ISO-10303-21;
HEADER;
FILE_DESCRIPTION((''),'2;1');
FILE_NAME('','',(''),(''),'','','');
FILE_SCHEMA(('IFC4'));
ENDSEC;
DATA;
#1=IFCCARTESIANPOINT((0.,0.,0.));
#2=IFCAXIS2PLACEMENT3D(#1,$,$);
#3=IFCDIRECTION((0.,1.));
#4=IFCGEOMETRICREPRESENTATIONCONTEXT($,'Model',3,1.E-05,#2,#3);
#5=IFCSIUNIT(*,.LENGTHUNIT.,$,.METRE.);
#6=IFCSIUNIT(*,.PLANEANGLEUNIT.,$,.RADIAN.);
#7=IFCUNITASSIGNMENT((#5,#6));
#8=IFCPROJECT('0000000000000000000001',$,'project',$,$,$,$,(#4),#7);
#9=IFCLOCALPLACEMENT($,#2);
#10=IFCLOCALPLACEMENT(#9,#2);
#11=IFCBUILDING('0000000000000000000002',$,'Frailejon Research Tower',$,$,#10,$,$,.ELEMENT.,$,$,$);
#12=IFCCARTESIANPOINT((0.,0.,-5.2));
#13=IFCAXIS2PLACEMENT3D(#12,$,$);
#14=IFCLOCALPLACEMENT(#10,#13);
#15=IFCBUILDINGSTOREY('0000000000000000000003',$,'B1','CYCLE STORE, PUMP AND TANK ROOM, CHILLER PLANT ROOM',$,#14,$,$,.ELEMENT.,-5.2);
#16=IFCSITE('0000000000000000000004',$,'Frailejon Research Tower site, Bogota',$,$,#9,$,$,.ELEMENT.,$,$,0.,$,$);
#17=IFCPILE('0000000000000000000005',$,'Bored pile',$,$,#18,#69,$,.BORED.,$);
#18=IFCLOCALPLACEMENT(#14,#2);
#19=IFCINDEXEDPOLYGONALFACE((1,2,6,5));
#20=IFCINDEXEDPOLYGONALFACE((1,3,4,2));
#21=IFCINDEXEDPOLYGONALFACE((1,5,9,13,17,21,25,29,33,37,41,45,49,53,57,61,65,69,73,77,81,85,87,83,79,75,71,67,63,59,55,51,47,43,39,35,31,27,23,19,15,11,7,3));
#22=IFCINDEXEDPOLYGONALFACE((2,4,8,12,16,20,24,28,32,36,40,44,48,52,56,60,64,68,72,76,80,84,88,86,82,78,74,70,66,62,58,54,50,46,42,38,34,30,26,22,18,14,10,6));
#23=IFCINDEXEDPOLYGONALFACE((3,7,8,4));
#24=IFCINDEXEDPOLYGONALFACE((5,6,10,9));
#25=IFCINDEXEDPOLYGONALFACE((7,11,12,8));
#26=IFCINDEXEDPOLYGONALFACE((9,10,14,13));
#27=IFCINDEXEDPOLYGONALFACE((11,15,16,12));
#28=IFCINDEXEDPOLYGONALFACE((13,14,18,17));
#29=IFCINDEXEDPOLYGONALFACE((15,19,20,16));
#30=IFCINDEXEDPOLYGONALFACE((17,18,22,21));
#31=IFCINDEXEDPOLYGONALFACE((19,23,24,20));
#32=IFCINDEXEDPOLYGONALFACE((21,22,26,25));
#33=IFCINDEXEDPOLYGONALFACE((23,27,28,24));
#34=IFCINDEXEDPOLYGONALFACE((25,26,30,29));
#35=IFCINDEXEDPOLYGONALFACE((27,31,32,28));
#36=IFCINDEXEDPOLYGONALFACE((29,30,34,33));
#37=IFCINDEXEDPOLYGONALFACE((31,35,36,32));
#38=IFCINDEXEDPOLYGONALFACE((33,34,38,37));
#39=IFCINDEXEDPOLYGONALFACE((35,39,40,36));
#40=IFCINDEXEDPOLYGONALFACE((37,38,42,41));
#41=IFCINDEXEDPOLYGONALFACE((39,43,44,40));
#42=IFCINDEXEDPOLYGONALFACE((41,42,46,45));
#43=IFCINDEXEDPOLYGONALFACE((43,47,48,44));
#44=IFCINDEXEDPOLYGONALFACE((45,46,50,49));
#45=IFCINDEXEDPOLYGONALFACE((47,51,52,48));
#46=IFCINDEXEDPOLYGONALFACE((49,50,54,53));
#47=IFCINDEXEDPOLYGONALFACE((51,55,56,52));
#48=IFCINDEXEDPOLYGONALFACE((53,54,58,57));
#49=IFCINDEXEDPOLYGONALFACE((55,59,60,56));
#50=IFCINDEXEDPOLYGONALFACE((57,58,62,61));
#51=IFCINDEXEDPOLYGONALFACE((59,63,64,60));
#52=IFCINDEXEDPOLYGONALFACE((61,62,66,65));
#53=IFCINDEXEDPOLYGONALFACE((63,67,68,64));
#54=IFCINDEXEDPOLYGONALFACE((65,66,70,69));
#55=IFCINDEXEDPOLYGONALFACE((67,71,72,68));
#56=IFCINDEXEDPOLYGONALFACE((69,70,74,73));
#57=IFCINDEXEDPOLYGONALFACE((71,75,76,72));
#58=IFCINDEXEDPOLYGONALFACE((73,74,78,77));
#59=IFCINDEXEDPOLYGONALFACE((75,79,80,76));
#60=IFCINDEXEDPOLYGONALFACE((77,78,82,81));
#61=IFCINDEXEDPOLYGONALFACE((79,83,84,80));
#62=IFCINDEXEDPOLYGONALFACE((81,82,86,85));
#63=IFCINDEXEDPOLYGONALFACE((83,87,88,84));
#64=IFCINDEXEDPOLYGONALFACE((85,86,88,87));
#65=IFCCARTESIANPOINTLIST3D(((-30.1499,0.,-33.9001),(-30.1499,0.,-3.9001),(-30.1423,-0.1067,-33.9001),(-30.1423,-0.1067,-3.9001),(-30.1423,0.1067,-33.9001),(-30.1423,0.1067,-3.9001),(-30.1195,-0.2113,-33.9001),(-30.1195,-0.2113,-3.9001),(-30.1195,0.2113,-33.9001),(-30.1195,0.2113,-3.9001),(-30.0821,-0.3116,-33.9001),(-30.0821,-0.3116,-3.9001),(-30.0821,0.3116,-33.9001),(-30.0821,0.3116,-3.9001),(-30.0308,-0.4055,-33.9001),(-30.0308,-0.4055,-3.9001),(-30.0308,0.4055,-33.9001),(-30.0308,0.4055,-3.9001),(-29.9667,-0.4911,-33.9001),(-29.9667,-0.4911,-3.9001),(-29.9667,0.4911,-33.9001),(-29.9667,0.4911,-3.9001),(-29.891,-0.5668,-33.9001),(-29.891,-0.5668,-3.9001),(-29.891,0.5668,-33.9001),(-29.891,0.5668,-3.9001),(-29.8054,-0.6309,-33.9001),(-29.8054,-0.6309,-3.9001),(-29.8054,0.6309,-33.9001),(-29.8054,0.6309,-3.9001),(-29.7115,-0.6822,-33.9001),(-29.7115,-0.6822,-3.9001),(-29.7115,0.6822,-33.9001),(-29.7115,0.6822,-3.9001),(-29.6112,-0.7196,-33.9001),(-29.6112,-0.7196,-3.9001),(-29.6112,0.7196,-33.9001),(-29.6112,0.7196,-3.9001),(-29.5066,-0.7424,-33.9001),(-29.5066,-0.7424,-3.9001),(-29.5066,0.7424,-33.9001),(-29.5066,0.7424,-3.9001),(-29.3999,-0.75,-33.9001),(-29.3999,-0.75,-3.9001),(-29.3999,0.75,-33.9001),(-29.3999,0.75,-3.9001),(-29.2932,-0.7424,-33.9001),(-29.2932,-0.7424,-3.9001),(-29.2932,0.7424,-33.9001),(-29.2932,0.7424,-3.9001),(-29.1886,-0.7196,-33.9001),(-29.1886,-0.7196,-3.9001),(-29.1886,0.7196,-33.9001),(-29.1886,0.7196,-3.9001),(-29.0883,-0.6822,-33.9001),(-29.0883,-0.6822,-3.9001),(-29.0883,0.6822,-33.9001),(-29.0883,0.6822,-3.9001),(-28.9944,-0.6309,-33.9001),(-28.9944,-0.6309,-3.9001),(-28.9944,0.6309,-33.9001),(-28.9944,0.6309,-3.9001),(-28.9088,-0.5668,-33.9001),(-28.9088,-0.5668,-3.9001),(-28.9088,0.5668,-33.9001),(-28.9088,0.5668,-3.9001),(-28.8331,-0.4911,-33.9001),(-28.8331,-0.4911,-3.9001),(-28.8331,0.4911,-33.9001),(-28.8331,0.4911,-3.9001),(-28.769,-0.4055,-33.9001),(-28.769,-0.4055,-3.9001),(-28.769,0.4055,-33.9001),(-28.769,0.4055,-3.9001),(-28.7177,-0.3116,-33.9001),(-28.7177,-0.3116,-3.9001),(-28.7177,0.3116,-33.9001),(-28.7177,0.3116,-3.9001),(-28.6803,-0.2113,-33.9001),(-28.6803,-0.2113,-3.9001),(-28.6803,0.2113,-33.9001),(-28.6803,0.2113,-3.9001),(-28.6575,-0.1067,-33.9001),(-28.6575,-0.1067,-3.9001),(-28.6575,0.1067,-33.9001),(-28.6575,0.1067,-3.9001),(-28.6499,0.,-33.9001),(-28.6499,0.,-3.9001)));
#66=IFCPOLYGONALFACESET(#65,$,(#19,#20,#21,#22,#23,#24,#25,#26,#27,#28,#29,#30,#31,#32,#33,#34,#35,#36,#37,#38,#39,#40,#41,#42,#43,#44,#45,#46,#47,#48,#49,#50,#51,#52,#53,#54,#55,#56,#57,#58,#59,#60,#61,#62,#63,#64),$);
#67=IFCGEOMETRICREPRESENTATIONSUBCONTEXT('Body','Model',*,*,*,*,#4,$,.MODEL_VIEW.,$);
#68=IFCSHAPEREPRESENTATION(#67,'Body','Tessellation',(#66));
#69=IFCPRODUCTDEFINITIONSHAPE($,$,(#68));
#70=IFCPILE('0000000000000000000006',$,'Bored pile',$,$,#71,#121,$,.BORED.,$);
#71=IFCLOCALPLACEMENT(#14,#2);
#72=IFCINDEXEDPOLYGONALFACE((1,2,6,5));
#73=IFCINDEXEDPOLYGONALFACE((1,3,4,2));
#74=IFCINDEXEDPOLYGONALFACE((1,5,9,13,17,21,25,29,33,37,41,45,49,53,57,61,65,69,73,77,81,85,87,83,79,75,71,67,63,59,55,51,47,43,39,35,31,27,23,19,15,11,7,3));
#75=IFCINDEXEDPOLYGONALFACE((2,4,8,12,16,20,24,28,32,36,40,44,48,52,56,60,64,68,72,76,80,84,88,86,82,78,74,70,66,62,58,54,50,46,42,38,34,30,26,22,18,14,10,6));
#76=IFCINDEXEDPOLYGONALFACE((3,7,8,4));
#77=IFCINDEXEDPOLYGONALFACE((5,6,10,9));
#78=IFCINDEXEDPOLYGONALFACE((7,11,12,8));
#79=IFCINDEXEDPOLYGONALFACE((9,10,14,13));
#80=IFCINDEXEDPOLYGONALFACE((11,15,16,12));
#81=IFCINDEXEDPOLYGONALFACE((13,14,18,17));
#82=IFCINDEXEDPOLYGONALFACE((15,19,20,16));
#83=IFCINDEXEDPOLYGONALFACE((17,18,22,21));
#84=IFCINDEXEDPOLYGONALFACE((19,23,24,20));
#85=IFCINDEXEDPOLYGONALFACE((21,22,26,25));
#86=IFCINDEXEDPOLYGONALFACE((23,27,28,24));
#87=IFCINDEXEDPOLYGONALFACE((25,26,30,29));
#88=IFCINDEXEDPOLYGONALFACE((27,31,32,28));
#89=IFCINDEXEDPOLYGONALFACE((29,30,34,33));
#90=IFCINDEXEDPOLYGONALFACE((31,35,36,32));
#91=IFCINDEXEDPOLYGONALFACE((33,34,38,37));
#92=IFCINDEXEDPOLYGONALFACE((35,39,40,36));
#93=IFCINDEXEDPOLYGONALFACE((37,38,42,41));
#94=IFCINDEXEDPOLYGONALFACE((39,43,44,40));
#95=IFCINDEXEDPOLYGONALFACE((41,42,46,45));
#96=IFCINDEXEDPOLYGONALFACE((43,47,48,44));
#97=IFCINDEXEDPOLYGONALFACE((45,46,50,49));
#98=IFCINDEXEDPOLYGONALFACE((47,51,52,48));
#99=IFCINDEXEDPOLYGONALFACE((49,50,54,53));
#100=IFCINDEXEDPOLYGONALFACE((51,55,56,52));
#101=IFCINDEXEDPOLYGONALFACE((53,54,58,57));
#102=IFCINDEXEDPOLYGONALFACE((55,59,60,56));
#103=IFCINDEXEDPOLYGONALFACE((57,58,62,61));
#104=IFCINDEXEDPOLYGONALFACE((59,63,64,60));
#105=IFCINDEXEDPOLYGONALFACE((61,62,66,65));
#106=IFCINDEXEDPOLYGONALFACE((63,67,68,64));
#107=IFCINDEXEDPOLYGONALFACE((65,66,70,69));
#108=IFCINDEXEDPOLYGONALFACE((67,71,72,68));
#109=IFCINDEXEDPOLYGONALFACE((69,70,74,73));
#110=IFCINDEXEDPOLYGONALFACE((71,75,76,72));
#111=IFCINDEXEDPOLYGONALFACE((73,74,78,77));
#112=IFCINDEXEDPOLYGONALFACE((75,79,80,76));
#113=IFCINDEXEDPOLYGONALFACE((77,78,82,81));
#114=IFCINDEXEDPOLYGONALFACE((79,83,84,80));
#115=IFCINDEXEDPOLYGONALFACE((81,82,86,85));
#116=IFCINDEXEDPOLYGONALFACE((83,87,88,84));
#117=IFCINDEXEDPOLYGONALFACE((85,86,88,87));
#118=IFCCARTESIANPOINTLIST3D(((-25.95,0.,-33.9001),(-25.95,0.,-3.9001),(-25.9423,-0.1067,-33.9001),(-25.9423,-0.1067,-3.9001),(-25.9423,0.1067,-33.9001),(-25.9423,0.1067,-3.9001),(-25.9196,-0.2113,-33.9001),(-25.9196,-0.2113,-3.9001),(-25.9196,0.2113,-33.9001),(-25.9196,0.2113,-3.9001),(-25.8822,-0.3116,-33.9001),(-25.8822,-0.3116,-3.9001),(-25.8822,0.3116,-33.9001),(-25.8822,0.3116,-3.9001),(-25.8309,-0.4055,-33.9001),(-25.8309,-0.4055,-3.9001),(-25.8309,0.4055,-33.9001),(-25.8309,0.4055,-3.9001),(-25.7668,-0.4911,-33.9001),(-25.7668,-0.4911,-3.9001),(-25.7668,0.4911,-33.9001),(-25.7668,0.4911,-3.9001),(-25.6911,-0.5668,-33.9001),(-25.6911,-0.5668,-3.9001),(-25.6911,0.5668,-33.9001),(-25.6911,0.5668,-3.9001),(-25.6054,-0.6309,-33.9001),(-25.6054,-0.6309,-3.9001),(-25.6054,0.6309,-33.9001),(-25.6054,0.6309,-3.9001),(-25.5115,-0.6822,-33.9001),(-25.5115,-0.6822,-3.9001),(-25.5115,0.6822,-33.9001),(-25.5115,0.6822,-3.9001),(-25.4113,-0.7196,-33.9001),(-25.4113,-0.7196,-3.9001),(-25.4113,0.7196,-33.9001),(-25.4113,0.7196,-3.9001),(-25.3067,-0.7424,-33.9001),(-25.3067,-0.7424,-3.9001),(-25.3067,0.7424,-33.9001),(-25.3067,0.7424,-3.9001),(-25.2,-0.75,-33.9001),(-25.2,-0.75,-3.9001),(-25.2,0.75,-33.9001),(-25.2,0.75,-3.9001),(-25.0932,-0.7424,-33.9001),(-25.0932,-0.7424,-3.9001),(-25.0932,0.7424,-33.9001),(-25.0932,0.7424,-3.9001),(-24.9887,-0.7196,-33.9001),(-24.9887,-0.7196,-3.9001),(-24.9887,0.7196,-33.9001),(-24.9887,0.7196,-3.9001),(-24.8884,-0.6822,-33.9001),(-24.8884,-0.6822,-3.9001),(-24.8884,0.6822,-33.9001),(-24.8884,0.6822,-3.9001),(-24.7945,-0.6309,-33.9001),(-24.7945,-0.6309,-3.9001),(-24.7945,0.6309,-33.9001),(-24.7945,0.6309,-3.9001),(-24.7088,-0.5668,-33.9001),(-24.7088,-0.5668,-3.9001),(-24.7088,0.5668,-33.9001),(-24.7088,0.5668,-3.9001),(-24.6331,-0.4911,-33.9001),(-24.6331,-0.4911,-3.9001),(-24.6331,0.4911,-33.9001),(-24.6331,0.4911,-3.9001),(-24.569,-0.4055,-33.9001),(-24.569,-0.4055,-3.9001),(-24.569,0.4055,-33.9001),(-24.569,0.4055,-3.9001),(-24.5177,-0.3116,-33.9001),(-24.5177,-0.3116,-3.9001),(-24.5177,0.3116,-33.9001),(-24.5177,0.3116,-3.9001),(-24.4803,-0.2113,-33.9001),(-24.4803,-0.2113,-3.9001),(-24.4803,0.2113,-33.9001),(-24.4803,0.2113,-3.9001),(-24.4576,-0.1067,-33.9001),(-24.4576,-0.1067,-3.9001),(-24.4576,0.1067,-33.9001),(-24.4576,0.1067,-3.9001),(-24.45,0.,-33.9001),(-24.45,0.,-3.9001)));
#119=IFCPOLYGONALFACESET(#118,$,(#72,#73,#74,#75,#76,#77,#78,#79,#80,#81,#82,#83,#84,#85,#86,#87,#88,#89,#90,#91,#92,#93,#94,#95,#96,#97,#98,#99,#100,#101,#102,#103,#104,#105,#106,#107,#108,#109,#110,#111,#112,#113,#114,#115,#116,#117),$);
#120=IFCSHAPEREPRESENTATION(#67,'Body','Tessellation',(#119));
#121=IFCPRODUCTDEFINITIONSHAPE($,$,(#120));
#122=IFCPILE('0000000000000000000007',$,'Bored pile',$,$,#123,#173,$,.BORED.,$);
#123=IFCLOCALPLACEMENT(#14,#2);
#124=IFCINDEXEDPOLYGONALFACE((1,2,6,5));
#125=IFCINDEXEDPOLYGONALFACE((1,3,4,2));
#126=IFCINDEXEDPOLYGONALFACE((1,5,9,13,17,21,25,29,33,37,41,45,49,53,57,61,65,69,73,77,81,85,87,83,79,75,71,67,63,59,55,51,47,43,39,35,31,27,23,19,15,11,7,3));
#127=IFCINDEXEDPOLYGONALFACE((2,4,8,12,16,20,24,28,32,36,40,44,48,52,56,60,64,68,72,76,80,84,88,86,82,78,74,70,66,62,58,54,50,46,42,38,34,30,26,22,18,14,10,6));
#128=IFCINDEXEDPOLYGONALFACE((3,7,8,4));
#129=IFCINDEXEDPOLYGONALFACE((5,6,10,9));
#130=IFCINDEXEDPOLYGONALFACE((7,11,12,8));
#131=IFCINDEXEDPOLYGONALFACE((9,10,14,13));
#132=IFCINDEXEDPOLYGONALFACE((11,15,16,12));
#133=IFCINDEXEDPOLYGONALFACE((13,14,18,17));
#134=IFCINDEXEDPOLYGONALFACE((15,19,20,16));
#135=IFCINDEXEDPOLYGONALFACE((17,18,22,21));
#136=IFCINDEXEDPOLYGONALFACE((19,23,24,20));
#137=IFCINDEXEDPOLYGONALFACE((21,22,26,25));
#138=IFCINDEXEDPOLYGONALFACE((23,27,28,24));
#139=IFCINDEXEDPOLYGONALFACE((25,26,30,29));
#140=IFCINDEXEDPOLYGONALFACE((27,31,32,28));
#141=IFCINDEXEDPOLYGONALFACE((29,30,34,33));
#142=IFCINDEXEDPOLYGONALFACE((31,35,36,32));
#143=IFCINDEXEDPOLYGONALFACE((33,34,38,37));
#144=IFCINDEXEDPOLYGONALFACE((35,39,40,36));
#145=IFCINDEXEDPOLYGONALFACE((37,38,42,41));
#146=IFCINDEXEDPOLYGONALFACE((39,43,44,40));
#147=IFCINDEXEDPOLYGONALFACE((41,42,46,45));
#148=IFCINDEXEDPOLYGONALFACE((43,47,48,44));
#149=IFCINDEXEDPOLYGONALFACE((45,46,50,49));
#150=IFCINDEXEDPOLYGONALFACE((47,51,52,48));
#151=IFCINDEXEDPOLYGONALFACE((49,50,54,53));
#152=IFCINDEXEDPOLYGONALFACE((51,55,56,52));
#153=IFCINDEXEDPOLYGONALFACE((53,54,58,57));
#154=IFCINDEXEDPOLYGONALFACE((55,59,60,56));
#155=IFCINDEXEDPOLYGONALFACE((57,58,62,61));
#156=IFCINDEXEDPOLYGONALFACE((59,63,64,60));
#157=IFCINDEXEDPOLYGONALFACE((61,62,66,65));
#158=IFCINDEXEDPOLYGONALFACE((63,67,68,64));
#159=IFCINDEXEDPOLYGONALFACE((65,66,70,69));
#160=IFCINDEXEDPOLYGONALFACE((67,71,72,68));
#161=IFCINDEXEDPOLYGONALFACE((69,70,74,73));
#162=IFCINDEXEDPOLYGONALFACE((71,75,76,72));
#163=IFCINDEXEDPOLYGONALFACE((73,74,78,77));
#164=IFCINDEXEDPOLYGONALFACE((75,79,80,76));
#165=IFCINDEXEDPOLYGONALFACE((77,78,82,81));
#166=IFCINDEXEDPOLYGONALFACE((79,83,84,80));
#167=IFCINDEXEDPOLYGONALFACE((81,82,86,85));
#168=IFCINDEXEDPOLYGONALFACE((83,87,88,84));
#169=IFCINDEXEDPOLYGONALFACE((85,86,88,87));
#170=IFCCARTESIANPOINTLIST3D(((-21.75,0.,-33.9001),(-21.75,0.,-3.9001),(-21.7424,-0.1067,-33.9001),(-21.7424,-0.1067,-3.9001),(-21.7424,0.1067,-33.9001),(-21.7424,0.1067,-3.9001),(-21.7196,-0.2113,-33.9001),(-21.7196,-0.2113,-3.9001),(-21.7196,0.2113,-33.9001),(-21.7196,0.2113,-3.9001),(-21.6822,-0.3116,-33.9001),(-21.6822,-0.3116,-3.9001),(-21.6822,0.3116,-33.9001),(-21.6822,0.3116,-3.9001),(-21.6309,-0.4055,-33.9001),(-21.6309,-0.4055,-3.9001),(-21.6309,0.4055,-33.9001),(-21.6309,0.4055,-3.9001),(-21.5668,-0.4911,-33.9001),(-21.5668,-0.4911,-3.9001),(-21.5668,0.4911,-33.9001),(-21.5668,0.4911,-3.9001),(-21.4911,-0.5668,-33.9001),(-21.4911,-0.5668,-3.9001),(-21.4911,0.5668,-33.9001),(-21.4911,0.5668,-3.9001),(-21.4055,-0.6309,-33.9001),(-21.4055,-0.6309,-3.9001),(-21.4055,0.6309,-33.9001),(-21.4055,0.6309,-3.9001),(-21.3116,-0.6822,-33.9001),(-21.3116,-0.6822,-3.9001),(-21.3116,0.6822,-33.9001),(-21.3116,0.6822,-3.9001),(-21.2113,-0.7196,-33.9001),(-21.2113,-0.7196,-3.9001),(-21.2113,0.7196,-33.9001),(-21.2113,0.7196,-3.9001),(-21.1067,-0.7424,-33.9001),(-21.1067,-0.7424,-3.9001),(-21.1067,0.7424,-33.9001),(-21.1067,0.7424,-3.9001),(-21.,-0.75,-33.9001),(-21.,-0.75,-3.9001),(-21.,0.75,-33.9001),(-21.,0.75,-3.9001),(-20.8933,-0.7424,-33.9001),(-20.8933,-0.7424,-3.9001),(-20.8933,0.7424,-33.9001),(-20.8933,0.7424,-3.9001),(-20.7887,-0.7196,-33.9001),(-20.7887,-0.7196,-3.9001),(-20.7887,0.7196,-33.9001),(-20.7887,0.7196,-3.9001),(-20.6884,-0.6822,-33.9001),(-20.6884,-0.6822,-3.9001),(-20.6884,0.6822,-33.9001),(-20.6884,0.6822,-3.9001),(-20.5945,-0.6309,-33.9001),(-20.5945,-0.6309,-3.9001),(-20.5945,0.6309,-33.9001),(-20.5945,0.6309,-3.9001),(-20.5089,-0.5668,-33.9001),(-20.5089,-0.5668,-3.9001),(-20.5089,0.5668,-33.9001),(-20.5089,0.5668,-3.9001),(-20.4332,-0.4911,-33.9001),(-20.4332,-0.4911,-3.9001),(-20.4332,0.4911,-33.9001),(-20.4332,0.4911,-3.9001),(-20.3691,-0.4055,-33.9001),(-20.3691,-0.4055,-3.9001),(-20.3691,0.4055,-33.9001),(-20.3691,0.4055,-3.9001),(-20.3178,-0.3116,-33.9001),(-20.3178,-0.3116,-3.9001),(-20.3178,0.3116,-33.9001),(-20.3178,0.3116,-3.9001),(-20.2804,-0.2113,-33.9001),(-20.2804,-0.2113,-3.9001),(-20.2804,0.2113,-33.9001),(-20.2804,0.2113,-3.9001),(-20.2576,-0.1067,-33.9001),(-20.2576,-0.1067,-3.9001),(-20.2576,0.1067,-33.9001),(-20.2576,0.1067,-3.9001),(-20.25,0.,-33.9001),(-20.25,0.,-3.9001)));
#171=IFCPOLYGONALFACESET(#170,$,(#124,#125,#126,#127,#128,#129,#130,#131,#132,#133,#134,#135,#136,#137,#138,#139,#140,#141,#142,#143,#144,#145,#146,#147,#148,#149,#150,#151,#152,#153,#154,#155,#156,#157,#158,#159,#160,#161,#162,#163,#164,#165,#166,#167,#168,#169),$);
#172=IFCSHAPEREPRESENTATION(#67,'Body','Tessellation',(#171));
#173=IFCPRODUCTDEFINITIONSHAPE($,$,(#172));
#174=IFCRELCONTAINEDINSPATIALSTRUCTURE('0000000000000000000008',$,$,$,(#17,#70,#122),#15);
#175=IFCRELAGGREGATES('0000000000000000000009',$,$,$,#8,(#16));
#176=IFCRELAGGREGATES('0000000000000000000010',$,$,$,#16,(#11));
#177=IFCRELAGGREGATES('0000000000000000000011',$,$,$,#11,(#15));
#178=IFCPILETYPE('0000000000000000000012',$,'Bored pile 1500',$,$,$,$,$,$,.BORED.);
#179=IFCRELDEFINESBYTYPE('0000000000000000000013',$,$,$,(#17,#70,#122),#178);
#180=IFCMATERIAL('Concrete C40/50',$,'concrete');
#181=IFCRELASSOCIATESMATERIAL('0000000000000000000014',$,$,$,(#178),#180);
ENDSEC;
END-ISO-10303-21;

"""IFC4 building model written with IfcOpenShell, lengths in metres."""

from ifc_helpers import new_model, si_unit, direction, frame, origin, origin_2d, place, context, subcontext, project, spatial, circle, extrude, material, material_profile, profile_set, type_object, element, save


model = new_model("IFC4")

# Units and contexts
model_context = context("Model", 3, precision=1e-05, world=origin(), true_north=direction((0.0, 1.0)))
body_context = subcontext(model_context, "Body", "Model", "MODEL_VIEW")
ifc_project = project(units=[si_unit("LENGTHUNIT", "METRE"), si_unit("PLANEANGLEUNIT", "RADIAN")], contexts=[model_context])

# Site, building, storey
site_placement = place(None, origin())
site = spatial("IfcSite", under=ifc_project, at=site_placement, Name="Frailejon Research Tower site, Bogota", CompositionType="ELEMENT", RefElevation=0.0)
building_placement = place(site_placement, origin())
building = spatial("IfcBuilding", under=site, at=building_placement, Name="Frailejon Research Tower", CompositionType="ELEMENT")
storey_placement = place(building_placement, frame((0.0, 0.0, -5.2)))
storey = spatial("IfcBuildingStorey", under=building, at=storey_placement, Name="B1", Description="CYCLE STORE, PUMP AND TANK ROOM, CHILLER PLANT ROOM", CompositionType="ELEMENT", Elevation=-5.2)

# Piles
ifc_material_1 = material(Name="Concrete C40/50", Category="concrete")
ifc_material_profile_1 = material_profile(ifc_material_1, circle(Radius=0.75, at=origin_2d()), Name="Bored pile 1500")
ifc_profile_set_1 = profile_set([ifc_material_profile_1], Name="Concrete C40/50")
pile_type = type_object("IfcPileType", Name="Bored pile 1500", PredefinedType="BORED", material=ifc_profile_set_1)
for number, where, z_axis, x_axis, name in (
    (1, (-29.3999, 0.0, -3.9001), (0.0, 0.0, -1.0), (1.0, 0.0, 0.0), "Bored pile"),
    (2, (-25.2, 0.0, -3.9001), (0.0, 0.0, -1.0), (1.0, 0.0, 0.0), "Bored pile"),
    (3, (-21.0, 0.0, -3.9001), (0.0, 0.0, -1.0), (1.0, 0.0, 0.0), "Bored pile"),
):
    element("IfcPile", number, at=place(storey_placement, frame(where, z_axis=z_axis, x_axis=x_axis)), inside=storey, type_object=pile_type, Name=name, PredefinedType="BORED", context=body_context, shape_type="SweptSolid", body=[
        extrude(circle(Radius=0.75, at=origin_2d()), origin(), (0.0, 0.0, 1.0), 30.0),
    ])

save(model, "model.ifc")
